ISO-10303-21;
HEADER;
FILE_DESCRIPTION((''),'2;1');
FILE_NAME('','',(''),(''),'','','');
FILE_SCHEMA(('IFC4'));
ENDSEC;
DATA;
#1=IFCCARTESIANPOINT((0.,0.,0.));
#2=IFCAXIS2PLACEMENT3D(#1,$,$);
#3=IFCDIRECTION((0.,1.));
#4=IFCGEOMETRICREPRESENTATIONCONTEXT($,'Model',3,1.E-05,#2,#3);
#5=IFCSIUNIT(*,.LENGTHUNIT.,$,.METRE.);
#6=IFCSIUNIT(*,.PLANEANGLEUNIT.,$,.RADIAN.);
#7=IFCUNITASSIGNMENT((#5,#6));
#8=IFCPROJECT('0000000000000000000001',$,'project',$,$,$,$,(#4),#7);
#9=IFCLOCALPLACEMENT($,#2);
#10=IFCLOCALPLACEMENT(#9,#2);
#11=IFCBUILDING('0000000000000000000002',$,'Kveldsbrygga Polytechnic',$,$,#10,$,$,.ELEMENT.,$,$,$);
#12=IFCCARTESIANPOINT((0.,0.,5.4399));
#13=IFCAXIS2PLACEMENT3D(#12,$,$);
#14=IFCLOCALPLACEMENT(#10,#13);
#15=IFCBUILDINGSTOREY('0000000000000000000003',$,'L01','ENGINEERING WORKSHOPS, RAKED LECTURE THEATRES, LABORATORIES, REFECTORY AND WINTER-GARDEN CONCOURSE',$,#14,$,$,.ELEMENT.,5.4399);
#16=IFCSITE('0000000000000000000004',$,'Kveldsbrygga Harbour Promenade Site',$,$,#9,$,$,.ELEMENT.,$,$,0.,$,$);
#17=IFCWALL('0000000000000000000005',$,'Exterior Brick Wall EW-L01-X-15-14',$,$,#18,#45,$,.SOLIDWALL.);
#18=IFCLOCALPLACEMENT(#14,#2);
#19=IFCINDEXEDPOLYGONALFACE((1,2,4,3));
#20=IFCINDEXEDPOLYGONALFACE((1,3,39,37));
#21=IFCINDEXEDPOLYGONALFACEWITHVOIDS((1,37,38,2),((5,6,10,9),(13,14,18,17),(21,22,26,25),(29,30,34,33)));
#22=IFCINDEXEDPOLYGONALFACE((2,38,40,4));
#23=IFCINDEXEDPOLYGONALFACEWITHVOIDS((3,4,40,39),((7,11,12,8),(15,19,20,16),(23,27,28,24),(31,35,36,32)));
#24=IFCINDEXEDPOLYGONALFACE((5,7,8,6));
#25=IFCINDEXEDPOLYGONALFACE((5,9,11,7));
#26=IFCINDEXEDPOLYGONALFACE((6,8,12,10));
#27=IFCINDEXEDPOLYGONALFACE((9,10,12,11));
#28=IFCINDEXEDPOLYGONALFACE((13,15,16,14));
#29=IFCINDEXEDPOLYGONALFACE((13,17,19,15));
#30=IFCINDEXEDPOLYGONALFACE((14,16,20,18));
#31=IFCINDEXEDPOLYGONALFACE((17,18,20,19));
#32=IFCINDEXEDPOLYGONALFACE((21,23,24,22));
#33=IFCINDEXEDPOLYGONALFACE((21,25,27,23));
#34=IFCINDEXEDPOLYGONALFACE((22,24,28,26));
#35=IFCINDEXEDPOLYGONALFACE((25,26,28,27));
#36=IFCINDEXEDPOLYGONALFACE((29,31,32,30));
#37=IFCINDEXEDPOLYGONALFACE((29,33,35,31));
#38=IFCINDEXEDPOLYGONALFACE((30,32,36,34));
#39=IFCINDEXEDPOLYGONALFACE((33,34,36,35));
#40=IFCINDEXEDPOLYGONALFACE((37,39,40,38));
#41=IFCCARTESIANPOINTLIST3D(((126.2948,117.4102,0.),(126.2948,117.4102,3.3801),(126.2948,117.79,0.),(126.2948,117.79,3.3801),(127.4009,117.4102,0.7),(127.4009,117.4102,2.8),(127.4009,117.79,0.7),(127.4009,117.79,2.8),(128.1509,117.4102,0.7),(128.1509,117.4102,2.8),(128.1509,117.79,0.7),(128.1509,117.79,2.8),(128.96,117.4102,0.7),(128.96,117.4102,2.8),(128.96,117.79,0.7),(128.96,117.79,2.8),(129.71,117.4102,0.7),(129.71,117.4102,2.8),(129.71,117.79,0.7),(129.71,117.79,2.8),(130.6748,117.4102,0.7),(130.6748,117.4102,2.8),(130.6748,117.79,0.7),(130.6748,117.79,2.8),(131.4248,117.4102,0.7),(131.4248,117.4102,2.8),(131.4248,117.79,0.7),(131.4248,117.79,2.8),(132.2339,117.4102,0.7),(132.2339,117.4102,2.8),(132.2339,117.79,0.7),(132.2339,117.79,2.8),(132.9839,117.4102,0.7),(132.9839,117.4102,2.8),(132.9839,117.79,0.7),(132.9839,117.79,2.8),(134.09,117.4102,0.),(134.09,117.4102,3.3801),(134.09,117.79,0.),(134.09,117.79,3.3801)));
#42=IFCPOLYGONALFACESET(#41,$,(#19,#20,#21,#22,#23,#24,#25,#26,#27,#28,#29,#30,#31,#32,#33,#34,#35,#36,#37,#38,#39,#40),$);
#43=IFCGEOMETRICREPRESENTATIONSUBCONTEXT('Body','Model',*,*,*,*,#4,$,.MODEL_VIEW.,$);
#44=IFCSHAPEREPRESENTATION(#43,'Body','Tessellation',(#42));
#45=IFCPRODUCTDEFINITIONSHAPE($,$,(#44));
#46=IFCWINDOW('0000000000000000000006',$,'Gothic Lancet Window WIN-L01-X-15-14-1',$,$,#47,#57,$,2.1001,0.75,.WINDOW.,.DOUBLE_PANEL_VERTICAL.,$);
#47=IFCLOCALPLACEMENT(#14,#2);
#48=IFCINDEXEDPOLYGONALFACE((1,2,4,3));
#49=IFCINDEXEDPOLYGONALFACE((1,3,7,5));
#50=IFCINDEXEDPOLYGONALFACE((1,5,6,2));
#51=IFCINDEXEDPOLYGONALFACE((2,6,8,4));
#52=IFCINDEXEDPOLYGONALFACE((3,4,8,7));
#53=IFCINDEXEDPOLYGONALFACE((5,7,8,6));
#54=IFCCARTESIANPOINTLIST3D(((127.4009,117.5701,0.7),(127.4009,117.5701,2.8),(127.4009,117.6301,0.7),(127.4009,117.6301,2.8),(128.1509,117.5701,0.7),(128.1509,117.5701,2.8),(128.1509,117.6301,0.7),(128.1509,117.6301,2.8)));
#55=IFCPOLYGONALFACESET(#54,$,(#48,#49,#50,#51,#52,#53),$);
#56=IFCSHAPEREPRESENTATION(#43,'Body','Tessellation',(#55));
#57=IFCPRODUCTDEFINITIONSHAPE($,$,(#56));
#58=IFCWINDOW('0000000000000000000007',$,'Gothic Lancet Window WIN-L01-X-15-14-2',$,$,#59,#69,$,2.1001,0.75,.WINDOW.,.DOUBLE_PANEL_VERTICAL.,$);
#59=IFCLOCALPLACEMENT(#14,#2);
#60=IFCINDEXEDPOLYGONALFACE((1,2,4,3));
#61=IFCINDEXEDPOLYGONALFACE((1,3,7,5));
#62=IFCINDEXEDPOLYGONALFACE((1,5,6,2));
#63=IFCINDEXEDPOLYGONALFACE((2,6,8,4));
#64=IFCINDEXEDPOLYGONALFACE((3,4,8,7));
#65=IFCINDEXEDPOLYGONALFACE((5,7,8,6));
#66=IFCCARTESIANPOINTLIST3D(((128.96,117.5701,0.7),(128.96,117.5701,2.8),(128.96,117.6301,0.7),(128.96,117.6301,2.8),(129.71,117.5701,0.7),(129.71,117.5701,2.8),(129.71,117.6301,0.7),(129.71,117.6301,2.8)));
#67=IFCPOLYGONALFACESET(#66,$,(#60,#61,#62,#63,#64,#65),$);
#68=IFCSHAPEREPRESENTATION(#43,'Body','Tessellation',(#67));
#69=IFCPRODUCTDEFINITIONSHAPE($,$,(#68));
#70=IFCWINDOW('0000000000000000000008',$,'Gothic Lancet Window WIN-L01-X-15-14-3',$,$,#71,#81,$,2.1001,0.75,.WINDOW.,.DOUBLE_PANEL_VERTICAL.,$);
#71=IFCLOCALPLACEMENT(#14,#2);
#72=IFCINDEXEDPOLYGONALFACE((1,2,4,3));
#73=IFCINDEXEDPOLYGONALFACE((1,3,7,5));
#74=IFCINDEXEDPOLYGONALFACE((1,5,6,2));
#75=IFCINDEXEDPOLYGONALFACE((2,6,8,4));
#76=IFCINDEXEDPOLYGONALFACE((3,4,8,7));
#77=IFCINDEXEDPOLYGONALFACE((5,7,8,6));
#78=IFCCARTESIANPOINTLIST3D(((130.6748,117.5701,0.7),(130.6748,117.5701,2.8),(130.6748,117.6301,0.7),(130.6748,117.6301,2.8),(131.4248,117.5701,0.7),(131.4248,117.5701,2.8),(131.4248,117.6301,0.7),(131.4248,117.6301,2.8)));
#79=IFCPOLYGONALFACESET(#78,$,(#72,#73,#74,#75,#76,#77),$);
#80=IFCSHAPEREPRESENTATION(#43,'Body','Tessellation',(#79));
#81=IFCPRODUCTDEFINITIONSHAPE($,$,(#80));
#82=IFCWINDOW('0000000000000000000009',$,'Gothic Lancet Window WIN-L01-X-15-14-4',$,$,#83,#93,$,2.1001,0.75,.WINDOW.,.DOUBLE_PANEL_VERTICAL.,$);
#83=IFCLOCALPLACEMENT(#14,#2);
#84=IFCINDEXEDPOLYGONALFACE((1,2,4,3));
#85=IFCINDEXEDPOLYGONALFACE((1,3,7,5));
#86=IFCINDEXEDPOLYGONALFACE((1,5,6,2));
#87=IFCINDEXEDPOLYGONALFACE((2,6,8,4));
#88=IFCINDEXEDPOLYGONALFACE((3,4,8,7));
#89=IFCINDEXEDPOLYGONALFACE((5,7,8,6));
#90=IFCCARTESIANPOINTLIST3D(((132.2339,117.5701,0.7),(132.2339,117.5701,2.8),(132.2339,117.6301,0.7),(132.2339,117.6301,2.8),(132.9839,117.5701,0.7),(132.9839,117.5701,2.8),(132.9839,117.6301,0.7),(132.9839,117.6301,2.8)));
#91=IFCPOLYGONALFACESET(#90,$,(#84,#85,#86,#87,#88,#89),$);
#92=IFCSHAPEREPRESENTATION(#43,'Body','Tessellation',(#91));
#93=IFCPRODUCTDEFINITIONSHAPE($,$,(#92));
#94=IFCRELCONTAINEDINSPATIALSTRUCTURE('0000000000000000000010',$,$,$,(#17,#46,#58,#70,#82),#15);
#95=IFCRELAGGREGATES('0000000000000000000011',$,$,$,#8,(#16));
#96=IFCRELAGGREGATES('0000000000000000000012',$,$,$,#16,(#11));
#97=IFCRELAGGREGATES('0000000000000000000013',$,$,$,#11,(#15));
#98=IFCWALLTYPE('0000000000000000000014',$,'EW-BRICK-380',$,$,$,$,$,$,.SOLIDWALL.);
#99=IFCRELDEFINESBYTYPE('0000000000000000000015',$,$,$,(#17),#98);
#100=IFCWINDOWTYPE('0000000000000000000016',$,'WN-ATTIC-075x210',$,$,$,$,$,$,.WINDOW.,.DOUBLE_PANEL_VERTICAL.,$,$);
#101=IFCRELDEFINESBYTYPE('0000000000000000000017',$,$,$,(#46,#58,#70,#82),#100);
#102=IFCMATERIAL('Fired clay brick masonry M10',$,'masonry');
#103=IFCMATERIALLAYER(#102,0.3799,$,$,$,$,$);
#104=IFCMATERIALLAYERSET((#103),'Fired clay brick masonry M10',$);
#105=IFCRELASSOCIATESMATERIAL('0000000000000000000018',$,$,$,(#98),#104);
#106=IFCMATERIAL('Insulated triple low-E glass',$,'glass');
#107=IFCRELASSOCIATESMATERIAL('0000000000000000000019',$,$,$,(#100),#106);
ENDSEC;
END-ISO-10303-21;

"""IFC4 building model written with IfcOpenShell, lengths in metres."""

from ifc_helpers import new_model, si_unit, direction, frame, frame_2d, origin, place, context, subcontext, project, spatial, rectangle, extrude, material, layer, layer_set, type_object, element, fill, save


model = new_model("IFC4")

# Units and contexts
model_context = context("Model", 3, precision=1e-05, world=origin(), true_north=direction((0.0, 1.0)))
body_context = subcontext(model_context, "Body", "Model", "MODEL_VIEW")
ifc_project = project(units=[si_unit("LENGTHUNIT", "METRE"), si_unit("PLANEANGLEUNIT", "RADIAN")], contexts=[model_context])

# Site, building, storey
site_placement = place(None, origin())
site = spatial("IfcSite", under=ifc_project, at=site_placement, Name="Kveldsbrygga Harbour Promenade Site", CompositionType="ELEMENT", RefElevation=0.0)
building_placement = place(site_placement, origin())
building = spatial("IfcBuilding", under=site, at=building_placement, Name="Kveldsbrygga Polytechnic", CompositionType="ELEMENT")
storey_placement = place(building_placement, frame((0.0, 0.0, 5.4399)))
storey = spatial("IfcBuildingStorey", under=building, at=storey_placement, Name="L01", Description="ENGINEERING WORKSHOPS, RAKED LECTURE THEATRES, LABORATORIES, REFECTORY AND WINTER-GARDEN CONCOURSE", CompositionType="ELEMENT", Elevation=5.4399)

# Wall, openings, windows
ifc_material_1 = material(Name="Fired clay brick masonry M10", Category="masonry")
ifc_layer_1 = layer(ifc_material_1, 0.3799)
ifc_layer_set_1 = layer_set([ifc_layer_1], Name="Fired clay brick masonry M10")
wall_type_1 = type_object("IfcWallType", Name="EW-BRICK-380", PredefinedType="SOLIDWALL", material=ifc_layer_set_1)
wall_1_placement = place(storey_placement, frame((126.2949, 117.6001, 0.0), z_axis=(0.0, 0.0, 1.0), x_axis=(1.0, 0.0, 0.0)))
wall_1 = element("IfcWall", 1, at=wall_1_placement, inside=storey, type_object=wall_type_1, Name="Exterior Brick Wall EW-L01-X-15-14", PredefinedType="SOLIDWALL", context=body_context, shape_type="SweptSolid", body=[
    extrude(rectangle(XDim=7.7952, YDim=0.3799, at=frame_2d((3.8975, 0.0))), origin(), (0.0, 0.0, 1.0), 3.3801),
])
opening_1_placement = place(wall_1_placement, frame((1.106, 0.0, 0.7)))
opening_1 = element("IfcOpeningElement", 2, at=opening_1_placement, cuts=wall_1, PredefinedType="OPENING", context=body_context, shape_type="SweptSolid", body=[
    extrude(rectangle(XDim=0.75, YDim=2.1001, at=frame_2d((0.375, 1.05))), frame((0.0, 0.2, 0.0), z_axis=(0.0, -1.0, 0.0), x_axis=(1.0, 0.0, 0.0)), (0.0, 0.0, 1.0), 0.3999),
])
opening_2_placement = place(wall_1_placement, frame((2.665, 0.0, 0.7)))
opening_2 = element("IfcOpeningElement", 3, at=opening_2_placement, cuts=wall_1, PredefinedType="OPENING", context=body_context, shape_type="SweptSolid", body=[
    extrude(rectangle(XDim=0.75, YDim=2.1001, at=frame_2d((0.375, 1.05))), frame((0.0, 0.2, 0.0), z_axis=(0.0, -1.0, 0.0), x_axis=(1.0, 0.0, 0.0)), (0.0, 0.0, 1.0), 0.3999),
])
opening_3_placement = place(wall_1_placement, frame((4.3799, 0.0, 0.7)))
opening_3 = element("IfcOpeningElement", 4, at=opening_3_placement, cuts=wall_1, PredefinedType="OPENING", context=body_context, shape_type="SweptSolid", body=[
    extrude(rectangle(XDim=0.75, YDim=2.1001, at=frame_2d((0.375, 1.05))), frame((0.0, 0.2, 0.0), z_axis=(0.0, -1.0, 0.0), x_axis=(1.0, 0.0, 0.0)), (0.0, 0.0, 1.0), 0.3999),
])
opening_4_placement = place(wall_1_placement, frame((5.939, 0.0, 0.7)))
opening_4 = element("IfcOpeningElement", 5, at=opening_4_placement, cuts=wall_1, PredefinedType="OPENING", context=body_context, shape_type="SweptSolid", body=[
    extrude(rectangle(XDim=0.75, YDim=2.1001, at=frame_2d((0.375, 1.05))), frame((0.0, 0.2, 0.0), z_axis=(0.0, -1.0, 0.0), x_axis=(1.0, 0.0, 0.0)), (0.0, 0.0, 1.0), 0.3999),
])
ifc_material_2 = material(Name="Insulated triple low-E glass", Category="glass")
window_type = type_object("IfcWindowType", Name="WN-ATTIC-075x210", PartitioningType="DOUBLE_PANEL_VERTICAL", PredefinedType="WINDOW", material=ifc_material_2)
window_1_placement = place(opening_1_placement, origin())
window_1 = element("IfcWindow", 6, at=window_1_placement, inside=storey, type_object=window_type, Name="Gothic Lancet Window WIN-L01-X-15-14-1", OverallHeight=2.1001, OverallWidth=0.75, PartitioningType="DOUBLE_PANEL_VERTICAL", PredefinedType="WINDOW", context=body_context, shape_type="SweptSolid", body=[
    extrude(rectangle(XDim=0.75, YDim=2.1001, at=frame_2d((0.375, 1.05))), frame((0.0, 0.03, 0.0), z_axis=(0.0, -1.0, 0.0), x_axis=(1.0, 0.0, 0.0)), (0.0, 0.0, 1.0), 0.0601),
])
fill(opening_1, window_1)
window_2_placement = place(opening_2_placement, origin())
window_2 = element("IfcWindow", 7, at=window_2_placement, inside=storey, type_object=window_type, Name="Gothic Lancet Window WIN-L01-X-15-14-2", OverallHeight=2.1001, OverallWidth=0.75, PartitioningType="DOUBLE_PANEL_VERTICAL", PredefinedType="WINDOW", context=body_context, shape_type="SweptSolid", body=[
    extrude(rectangle(XDim=0.75, YDim=2.1001, at=frame_2d((0.375, 1.05))), frame((0.0, 0.03, 0.0), z_axis=(0.0, -1.0, 0.0), x_axis=(1.0, 0.0, 0.0)), (0.0, 0.0, 1.0), 0.0601),
])
fill(opening_2, window_2)
window_3_placement = place(opening_3_placement, origin())
window_3 = element("IfcWindow", 8, at=window_3_placement, inside=storey, type_object=window_type, Name="Gothic Lancet Window WIN-L01-X-15-14-3", OverallHeight=2.1001, OverallWidth=0.75, PartitioningType="DOUBLE_PANEL_VERTICAL", PredefinedType="WINDOW", context=body_context, shape_type="SweptSolid", body=[
    extrude(rectangle(XDim=0.75, YDim=2.1001, at=frame_2d((0.375, 1.05))), frame((0.0, 0.03, 0.0), z_axis=(0.0, -1.0, 0.0), x_axis=(1.0, 0.0, 0.0)), (0.0, 0.0, 1.0), 0.0601),
])
fill(opening_3, window_3)
window_4_placement = place(opening_4_placement, origin())
window_4 = element("IfcWindow", 9, at=window_4_placement, inside=storey, type_object=window_type, Name="Gothic Lancet Window WIN-L01-X-15-14-4", OverallHeight=2.1001, OverallWidth=0.75, PartitioningType="DOUBLE_PANEL_VERTICAL", PredefinedType="WINDOW", context=body_context, shape_type="SweptSolid", body=[
    extrude(rectangle(XDim=0.75, YDim=2.1001, at=frame_2d((0.375, 1.05))), frame((0.0, 0.03, 0.0), z_axis=(0.0, -1.0, 0.0), x_axis=(1.0, 0.0, 0.0)), (0.0, 0.0, 1.0), 0.0601),
])
fill(opening_4, window_4)

save(model, "model.ifc")
